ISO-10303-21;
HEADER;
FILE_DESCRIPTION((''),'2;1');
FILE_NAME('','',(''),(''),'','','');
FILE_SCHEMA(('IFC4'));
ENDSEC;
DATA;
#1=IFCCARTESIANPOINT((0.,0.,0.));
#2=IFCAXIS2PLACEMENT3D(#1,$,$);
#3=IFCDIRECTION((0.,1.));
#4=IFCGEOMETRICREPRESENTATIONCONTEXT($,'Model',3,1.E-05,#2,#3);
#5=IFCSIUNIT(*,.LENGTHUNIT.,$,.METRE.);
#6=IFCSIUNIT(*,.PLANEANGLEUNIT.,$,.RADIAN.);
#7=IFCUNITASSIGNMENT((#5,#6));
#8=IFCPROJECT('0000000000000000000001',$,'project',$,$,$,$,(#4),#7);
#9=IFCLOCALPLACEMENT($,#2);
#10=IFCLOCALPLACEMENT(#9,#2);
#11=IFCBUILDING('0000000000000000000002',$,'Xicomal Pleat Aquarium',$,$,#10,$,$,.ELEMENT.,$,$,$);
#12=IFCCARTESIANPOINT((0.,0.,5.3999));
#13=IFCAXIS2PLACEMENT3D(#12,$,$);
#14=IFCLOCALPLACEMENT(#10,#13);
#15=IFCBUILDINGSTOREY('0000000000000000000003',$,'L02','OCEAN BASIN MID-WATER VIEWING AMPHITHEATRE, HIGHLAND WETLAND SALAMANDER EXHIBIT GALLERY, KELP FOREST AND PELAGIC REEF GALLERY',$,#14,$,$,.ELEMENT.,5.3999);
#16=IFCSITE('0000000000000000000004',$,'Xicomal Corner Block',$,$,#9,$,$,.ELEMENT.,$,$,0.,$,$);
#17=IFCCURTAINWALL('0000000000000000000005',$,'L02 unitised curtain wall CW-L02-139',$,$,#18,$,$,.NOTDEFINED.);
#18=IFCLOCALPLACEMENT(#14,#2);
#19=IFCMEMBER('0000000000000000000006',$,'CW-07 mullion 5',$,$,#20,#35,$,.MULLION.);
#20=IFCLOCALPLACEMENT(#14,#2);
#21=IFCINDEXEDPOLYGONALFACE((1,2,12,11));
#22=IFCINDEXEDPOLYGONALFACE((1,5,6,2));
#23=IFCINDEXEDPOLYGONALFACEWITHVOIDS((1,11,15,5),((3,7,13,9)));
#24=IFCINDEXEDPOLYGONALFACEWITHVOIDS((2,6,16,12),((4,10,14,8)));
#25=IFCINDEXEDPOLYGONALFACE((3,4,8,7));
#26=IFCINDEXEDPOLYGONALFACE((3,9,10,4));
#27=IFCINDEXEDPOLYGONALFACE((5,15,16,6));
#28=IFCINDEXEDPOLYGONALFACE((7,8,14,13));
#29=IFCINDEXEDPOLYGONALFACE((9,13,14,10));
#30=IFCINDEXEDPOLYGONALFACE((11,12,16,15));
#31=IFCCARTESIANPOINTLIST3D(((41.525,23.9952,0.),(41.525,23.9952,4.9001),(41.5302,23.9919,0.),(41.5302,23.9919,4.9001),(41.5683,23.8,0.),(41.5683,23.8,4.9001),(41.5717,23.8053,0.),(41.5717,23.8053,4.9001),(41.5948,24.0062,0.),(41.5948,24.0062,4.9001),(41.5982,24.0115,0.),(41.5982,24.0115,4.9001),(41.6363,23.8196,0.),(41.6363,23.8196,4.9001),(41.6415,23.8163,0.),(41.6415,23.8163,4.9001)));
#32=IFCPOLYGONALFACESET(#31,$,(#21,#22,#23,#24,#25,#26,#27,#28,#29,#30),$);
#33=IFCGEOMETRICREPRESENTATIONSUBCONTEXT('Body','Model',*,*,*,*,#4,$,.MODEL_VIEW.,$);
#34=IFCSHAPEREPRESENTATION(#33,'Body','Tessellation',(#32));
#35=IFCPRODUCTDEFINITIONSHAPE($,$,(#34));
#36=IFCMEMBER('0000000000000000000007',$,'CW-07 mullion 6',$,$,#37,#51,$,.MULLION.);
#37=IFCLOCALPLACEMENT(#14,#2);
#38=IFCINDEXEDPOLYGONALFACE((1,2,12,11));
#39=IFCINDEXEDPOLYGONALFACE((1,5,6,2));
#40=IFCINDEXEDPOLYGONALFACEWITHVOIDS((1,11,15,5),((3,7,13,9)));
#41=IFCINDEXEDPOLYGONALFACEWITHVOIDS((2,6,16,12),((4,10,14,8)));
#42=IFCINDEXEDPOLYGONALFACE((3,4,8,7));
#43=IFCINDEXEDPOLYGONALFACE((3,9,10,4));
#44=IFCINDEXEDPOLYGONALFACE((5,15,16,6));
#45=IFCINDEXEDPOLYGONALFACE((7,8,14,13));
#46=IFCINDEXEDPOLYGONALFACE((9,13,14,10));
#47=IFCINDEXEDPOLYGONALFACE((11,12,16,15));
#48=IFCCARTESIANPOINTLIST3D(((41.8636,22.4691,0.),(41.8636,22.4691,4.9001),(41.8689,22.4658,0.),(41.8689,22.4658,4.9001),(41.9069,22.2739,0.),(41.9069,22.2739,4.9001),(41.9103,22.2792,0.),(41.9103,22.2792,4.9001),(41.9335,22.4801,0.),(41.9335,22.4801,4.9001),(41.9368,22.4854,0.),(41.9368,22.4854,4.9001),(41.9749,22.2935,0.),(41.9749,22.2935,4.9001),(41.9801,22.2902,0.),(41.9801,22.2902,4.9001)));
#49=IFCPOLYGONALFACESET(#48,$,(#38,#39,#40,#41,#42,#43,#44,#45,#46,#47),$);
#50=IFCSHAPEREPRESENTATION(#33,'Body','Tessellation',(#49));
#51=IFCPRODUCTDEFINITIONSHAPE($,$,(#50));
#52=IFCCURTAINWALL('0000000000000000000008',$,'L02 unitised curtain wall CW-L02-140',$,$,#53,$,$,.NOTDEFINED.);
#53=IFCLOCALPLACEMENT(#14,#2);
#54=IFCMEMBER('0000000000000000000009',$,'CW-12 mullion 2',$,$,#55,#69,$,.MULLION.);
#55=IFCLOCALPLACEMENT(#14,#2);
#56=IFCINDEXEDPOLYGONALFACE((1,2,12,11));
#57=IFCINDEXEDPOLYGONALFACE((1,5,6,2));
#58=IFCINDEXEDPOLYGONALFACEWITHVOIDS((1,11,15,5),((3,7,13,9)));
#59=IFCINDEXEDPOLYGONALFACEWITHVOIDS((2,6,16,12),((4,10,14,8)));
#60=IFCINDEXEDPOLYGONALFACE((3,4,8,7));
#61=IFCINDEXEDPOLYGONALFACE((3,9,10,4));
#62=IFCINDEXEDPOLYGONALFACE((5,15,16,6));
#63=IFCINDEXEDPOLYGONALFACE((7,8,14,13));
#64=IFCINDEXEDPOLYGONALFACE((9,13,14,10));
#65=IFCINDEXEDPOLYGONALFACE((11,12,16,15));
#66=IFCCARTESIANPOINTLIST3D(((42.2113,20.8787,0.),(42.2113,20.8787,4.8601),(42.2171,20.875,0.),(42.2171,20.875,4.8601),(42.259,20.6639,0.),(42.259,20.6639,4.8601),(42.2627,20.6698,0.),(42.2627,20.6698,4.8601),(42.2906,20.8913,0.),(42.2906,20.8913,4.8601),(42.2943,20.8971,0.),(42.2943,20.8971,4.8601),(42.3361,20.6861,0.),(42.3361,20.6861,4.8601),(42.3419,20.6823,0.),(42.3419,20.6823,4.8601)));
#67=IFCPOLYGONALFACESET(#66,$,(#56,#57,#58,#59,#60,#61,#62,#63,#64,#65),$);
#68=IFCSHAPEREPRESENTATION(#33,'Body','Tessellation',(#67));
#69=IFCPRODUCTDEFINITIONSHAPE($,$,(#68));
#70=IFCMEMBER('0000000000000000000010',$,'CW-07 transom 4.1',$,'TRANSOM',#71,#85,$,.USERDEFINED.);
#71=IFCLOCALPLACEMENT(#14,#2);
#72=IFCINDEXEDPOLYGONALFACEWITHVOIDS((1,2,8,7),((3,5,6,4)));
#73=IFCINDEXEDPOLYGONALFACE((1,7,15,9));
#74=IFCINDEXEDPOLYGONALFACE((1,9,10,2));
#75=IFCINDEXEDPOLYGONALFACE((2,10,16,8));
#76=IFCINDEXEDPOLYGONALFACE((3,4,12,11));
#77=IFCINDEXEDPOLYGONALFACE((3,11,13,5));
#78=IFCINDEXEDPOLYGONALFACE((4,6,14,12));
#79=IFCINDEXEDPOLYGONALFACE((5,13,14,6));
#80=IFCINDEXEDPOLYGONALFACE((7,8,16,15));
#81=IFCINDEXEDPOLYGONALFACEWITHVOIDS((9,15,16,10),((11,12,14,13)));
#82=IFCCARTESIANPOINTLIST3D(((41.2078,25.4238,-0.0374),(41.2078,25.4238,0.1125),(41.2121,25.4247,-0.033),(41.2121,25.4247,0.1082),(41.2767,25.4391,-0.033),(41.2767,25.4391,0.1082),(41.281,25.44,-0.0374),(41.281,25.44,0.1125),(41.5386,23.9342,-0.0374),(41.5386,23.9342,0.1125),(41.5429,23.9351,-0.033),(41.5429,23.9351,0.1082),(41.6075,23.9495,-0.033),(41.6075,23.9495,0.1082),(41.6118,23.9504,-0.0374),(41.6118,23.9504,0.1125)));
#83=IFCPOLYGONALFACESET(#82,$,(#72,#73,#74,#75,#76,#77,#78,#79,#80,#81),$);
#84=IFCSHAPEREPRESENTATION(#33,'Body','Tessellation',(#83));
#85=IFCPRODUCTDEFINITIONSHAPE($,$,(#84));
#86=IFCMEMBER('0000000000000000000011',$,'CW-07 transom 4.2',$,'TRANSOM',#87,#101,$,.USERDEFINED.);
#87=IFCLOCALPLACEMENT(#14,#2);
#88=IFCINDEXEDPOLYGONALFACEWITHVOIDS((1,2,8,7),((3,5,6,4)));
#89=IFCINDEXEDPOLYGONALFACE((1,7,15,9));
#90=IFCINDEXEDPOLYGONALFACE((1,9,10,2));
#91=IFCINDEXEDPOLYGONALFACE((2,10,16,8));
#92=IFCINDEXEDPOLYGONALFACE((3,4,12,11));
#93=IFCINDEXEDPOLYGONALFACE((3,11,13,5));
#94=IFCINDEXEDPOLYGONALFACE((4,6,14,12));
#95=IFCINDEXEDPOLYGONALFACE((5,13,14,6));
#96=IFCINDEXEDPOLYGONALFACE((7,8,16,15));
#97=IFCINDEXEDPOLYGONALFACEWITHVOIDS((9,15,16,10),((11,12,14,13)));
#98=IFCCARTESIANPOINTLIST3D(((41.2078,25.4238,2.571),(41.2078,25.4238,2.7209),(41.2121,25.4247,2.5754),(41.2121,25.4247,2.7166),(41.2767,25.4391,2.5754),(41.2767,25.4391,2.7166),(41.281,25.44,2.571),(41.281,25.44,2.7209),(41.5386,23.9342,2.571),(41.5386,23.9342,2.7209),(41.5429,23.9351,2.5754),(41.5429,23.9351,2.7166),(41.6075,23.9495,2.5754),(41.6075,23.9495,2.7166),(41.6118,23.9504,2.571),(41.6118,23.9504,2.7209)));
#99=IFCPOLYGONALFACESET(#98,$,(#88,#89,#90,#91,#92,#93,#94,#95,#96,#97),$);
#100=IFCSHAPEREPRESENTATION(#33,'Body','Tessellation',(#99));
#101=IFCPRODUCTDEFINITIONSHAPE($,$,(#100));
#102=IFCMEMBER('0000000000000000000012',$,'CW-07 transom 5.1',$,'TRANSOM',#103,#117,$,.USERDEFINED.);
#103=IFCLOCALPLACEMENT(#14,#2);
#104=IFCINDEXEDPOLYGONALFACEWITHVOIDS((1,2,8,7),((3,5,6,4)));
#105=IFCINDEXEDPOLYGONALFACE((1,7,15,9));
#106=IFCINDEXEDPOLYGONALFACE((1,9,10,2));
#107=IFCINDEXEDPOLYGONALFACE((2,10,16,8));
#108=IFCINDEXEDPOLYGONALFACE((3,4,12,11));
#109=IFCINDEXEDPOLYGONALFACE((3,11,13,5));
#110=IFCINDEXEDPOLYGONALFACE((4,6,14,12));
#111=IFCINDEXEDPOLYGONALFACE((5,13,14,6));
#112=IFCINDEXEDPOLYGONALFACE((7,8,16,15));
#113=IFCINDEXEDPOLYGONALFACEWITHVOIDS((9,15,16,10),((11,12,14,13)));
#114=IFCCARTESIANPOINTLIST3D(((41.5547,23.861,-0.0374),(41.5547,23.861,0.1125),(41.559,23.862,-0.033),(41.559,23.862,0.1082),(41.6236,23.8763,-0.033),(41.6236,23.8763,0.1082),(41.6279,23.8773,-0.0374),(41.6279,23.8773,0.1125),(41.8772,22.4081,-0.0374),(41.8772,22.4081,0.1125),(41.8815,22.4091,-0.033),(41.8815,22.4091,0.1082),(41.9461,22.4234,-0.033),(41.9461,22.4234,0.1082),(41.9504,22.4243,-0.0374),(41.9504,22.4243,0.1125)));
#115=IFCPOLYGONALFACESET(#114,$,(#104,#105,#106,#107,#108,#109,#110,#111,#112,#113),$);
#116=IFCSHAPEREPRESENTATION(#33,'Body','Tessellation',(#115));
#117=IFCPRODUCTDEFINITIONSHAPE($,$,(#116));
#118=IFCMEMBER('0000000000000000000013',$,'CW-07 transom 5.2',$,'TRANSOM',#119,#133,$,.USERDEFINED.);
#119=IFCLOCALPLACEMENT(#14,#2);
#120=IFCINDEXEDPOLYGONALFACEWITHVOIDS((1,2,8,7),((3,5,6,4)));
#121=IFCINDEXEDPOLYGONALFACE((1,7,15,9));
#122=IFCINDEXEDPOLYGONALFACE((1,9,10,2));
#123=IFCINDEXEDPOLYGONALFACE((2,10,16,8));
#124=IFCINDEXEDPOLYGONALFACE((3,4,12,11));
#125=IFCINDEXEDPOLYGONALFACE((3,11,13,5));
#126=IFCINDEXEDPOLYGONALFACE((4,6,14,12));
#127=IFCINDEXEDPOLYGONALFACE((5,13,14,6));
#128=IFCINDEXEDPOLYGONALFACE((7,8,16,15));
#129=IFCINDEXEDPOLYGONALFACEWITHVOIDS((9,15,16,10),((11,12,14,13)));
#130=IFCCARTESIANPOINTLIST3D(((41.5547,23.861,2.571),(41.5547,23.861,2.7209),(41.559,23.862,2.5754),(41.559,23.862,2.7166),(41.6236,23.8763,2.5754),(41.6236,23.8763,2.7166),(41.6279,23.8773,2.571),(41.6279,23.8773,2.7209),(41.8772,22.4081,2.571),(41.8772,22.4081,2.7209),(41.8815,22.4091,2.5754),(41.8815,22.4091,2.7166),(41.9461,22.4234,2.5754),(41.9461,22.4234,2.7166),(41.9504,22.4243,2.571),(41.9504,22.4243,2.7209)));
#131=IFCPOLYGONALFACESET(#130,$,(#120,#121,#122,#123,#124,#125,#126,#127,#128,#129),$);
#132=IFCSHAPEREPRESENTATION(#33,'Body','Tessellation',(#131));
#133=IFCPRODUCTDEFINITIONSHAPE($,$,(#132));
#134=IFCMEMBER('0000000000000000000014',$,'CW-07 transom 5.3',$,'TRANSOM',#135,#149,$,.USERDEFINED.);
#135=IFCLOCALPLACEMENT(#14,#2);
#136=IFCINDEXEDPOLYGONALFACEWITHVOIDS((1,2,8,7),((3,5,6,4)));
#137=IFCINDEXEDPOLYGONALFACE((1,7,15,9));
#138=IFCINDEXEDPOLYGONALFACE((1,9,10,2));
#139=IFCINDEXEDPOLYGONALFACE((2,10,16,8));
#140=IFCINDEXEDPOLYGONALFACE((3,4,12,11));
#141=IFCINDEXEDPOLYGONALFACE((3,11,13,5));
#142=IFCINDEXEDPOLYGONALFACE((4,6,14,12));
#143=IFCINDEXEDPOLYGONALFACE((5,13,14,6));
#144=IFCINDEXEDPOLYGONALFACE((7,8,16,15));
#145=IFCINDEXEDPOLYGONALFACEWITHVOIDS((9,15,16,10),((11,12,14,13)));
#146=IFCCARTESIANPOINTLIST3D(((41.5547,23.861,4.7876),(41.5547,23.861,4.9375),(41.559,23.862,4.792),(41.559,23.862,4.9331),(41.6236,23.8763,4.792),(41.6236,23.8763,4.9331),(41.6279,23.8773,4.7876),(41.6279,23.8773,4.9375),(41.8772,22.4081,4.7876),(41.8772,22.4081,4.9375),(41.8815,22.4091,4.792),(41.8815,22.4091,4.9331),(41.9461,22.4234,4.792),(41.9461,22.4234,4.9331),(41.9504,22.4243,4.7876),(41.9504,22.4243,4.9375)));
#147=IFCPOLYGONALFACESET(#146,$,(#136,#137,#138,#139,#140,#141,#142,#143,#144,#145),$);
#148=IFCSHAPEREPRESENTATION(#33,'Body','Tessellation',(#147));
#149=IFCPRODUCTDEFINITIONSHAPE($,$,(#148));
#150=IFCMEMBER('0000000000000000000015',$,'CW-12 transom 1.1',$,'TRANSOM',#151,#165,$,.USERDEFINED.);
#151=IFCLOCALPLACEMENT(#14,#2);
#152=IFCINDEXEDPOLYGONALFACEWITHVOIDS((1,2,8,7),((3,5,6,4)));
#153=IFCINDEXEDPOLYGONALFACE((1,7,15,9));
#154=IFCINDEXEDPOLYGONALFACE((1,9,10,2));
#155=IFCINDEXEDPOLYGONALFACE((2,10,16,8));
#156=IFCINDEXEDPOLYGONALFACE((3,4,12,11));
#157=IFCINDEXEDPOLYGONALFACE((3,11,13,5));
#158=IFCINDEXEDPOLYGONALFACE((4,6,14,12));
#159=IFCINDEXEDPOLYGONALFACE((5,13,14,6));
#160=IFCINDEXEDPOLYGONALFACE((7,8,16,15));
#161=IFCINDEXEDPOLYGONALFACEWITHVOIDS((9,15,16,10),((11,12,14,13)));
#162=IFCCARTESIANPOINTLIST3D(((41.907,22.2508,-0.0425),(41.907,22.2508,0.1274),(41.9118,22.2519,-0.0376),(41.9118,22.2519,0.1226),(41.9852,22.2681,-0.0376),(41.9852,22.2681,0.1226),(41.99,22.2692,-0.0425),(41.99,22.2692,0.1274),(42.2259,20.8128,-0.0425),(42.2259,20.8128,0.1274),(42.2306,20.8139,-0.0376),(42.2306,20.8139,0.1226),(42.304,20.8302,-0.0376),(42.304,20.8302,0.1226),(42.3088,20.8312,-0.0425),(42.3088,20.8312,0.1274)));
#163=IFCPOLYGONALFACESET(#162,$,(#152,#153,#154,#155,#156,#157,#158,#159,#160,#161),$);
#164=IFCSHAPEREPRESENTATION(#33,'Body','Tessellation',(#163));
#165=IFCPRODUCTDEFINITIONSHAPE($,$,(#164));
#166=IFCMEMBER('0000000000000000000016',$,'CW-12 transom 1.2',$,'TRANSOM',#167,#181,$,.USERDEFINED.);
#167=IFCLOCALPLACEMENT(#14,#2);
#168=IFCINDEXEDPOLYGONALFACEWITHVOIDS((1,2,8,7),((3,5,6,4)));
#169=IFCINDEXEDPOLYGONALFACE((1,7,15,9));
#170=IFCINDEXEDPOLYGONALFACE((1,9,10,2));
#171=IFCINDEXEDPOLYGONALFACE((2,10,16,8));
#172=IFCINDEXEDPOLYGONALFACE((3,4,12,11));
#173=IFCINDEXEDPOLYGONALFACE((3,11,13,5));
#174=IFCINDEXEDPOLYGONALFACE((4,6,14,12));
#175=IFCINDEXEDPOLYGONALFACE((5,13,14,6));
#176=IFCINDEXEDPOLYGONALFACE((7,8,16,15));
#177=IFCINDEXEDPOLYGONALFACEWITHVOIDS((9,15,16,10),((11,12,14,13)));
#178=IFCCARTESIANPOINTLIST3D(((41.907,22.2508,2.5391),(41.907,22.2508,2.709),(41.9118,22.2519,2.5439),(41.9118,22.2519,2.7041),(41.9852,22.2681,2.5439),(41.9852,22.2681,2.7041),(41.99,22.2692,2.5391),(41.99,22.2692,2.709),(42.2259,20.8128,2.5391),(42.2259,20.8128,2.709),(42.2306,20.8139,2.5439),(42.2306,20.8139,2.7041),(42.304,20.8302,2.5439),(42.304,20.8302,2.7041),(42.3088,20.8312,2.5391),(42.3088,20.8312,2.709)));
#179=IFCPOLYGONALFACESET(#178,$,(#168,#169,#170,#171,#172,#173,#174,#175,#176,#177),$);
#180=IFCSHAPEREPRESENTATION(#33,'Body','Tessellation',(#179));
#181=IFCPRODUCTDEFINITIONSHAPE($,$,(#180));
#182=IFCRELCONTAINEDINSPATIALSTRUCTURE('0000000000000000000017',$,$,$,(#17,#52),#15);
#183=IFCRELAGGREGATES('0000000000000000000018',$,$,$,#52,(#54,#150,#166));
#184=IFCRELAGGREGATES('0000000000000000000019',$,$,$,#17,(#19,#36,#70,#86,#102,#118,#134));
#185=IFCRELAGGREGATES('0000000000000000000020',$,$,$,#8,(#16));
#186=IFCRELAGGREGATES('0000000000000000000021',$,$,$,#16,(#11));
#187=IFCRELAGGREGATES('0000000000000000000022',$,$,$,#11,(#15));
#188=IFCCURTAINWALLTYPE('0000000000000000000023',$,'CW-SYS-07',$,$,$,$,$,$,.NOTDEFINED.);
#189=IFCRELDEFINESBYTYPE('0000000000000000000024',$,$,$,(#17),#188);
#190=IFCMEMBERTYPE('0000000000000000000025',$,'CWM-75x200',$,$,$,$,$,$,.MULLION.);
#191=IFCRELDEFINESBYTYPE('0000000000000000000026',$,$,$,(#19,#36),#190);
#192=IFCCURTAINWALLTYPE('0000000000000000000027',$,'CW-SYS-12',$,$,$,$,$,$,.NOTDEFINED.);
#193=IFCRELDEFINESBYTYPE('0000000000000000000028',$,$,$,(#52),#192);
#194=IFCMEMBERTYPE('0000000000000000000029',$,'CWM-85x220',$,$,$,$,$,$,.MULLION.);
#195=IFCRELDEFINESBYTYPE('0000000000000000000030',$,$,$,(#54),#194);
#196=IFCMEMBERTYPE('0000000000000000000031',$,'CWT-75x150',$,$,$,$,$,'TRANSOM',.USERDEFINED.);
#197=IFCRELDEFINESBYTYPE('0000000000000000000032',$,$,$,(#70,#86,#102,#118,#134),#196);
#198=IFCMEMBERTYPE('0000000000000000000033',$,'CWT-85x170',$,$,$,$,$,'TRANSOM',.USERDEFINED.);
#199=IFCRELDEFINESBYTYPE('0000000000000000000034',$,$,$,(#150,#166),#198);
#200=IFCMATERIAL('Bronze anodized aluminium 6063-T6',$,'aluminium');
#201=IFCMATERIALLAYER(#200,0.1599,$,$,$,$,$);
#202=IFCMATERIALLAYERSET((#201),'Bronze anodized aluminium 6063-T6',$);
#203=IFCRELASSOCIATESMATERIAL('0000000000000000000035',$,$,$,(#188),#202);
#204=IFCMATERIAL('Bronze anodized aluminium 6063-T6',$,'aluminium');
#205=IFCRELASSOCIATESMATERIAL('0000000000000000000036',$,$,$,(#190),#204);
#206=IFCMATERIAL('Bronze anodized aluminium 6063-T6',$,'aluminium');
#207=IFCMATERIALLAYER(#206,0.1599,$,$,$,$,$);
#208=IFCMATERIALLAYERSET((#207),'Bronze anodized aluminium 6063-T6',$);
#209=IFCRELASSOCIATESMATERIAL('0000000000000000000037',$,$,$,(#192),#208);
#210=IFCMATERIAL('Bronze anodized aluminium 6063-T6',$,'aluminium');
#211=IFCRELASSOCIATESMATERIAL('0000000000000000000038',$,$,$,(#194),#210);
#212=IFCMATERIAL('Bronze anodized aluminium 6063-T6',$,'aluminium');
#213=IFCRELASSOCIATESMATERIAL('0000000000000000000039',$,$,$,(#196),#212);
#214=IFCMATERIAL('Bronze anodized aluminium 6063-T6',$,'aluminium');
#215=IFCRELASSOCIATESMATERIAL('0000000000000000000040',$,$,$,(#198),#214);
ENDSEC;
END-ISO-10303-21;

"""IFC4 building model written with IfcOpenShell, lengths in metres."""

from ifc_helpers import new_model, si_unit, direction, frame, origin, origin_2d, place, context, subcontext, project, spatial, hollow_rectangle, extrude, material, layer, layer_set, material_profile, profile_set, type_object, element, aggregate, save


model = new_model("IFC4")

# Units and contexts
model_context = context("Model", 3, precision=1e-05, world=origin(), true_north=direction((0.0, 1.0)))
body_context = subcontext(model_context, "Body", "Model", "MODEL_VIEW")
ifc_project = project(units=[si_unit("LENGTHUNIT", "METRE"), si_unit("PLANEANGLEUNIT", "RADIAN")], contexts=[model_context])

# Site, building, storey
site_placement = place(None, origin())
site = spatial("IfcSite", under=ifc_project, at=site_placement, Name="Xicomal Corner Block", CompositionType="ELEMENT", RefElevation=0.0)
building_placement = place(site_placement, origin())
building = spatial("IfcBuilding", under=site, at=building_placement, Name="Xicomal Pleat Aquarium", CompositionType="ELEMENT")
storey_placement = place(building_placement, frame((0.0, 0.0, 5.3999)))
storey = spatial("IfcBuildingStorey", under=building, at=storey_placement, Name="L02", Description="OCEAN BASIN MID-WATER VIEWING AMPHITHEATRE, HIGHLAND WETLAND SALAMANDER EXHIBIT GALLERY, KELP FOREST AND PELAGIC REEF GALLERY", CompositionType="ELEMENT", Elevation=5.3999)

# Curtain wall, members
ifc_material_1 = material(Name="Bronze anodized aluminium 6063-T6", Category="aluminium")
ifc_layer_1 = layer(ifc_material_1, 0.1599)
ifc_layer_set_1 = layer_set([ifc_layer_1], Name="Bronze anodized aluminium 6063-T6")
curtain_wall_type_1 = type_object("IfcCurtainWallType", Name="CW-SYS-07", PredefinedType="NOTDEFINED", material=ifc_layer_set_1)
curtain_wall_1_placement = place(storey_placement, origin())
curtain_wall_1 = element("IfcCurtainWall", 1, at=curtain_wall_1_placement, inside=storey, type_object=curtain_wall_type_1, Name="L02 unitised curtain wall CW-L02-139", PredefinedType="NOTDEFINED")
ifc_material_2 = material(Name="Bronze anodized aluminium 6063-T6", Category="aluminium")
ifc_material_profile_1 = material_profile(ifc_material_2, hollow_rectangle(XDim=0.075, YDim=0.2, WallThickness=0.0044, at=origin_2d()), Name="ALU MULL 75x200")
ifc_profile_set_1 = profile_set([ifc_material_profile_1], Name="Bronze anodized aluminium 6063-T6")
member_type_1 = type_object("IfcMemberType", Name="CWM-75x200", PredefinedType="MULLION", material=ifc_profile_set_1)
member_1_placement = place(storey_placement, frame((41.5833, 23.9058, 0.0), z_axis=(0.0, 0.0, 1.0), x_axis=(0.976252, 0.216639, 0.0)))
member_1 = element("IfcMember", 2, at=member_1_placement, type_object=member_type_1, Name="CW-07 mullion 5", PredefinedType="MULLION", context=body_context, shape_type="SweptSolid", body=[
    extrude(hollow_rectangle(XDim=0.075, YDim=0.2, WallThickness=0.0044, at=origin_2d()), origin(), (0.0, 0.0, 1.0), 4.9001),
])
member_2_placement = place(storey_placement, frame((41.9219, 22.3796, 0.0), z_axis=(0.0, 0.0, 1.0), x_axis=(0.976252, 0.216639, 0.0)))
member_2 = element("IfcMember", 3, at=member_2_placement, type_object=member_type_1, Name="CW-07 mullion 6", PredefinedType="MULLION", context=body_context, shape_type="SweptSolid", body=[
    extrude(hollow_rectangle(XDim=0.075, YDim=0.2, WallThickness=0.0044, at=origin_2d()), origin(), (0.0, 0.0, 1.0), 4.9001),
])

# Curtain wall, member
ifc_material_3 = material(Name="Bronze anodized aluminium 6063-T6", Category="aluminium")
ifc_layer_2 = layer(ifc_material_3, 0.1599)
ifc_layer_set_2 = layer_set([ifc_layer_2], Name="Bronze anodized aluminium 6063-T6")
curtain_wall_type_2 = type_object("IfcCurtainWallType", Name="CW-SYS-12", PredefinedType="NOTDEFINED", material=ifc_layer_set_2)
curtain_wall_2_placement = place(storey_placement, origin())
curtain_wall_2 = element("IfcCurtainWall", 4, at=curtain_wall_2_placement, inside=storey, type_object=curtain_wall_type_2, Name="L02 unitised curtain wall CW-L02-140", PredefinedType="NOTDEFINED")
ifc_material_4 = material(Name="Bronze anodized aluminium 6063-T6", Category="aluminium")
ifc_material_profile_2 = material_profile(ifc_material_4, hollow_rectangle(XDim=0.085, YDim=0.22, WallThickness=0.0049, at=origin_2d()), Name="ALU MULL 85x220")
ifc_profile_set_2 = profile_set([ifc_material_profile_2], Name="Bronze anodized aluminium 6063-T6")
member_type_2 = type_object("IfcMemberType", Name="CWM-85x220", PredefinedType="MULLION", material=ifc_profile_set_2)
member_3_placement = place(storey_placement, frame((42.2766, 20.7805, 0.0), z_axis=(0.0, 0.0, 1.0), x_axis=(0.976272, 0.216547, 0.0)))
member_3 = element("IfcMember", 5, at=member_3_placement, type_object=member_type_2, Name="CW-12 mullion 2", PredefinedType="MULLION", context=body_context, shape_type="SweptSolid", body=[
    extrude(hollow_rectangle(XDim=0.085, YDim=0.22, WallThickness=0.0049, at=origin_2d()), origin(), (0.0, 0.0, 1.0), 4.8601),
])

# Members
ifc_material_5 = material(Name="Bronze anodized aluminium 6063-T6", Category="aluminium")
ifc_material_profile_3 = material_profile(ifc_material_5, hollow_rectangle(XDim=0.075, YDim=0.1499, WallThickness=0.0044, at=origin_2d()), Name="ALU TRAN 75x150")
ifc_profile_set_3 = profile_set([ifc_material_profile_3], Name="Bronze anodized aluminium 6063-T6")
member_type_3 = type_object("IfcMemberType", Name="CWT-75x150", ElementType="TRANSOM", PredefinedType="USERDEFINED", material=ifc_profile_set_3)
member_4_placement = place(storey_placement, frame((41.2444, 25.4319, 0.0376), z_axis=(0.216812, -0.976213, 0.0), x_axis=(0.976213, 0.216812, 0.0)))
member_4 = element("IfcMember", 6, at=member_4_placement, type_object=member_type_3, Name="CW-07 transom 4.1", ObjectType="TRANSOM", PredefinedType="USERDEFINED", context=body_context, shape_type="SweptSolid", body=[
    extrude(hollow_rectangle(XDim=0.075, YDim=0.1499, WallThickness=0.0044, at=origin_2d()), origin(), (0.0, 0.0, 1.0), 1.5259),
])
member_5_placement = place(storey_placement, frame((41.2444, 25.4319, 2.646), z_axis=(0.216812, -0.976213, 0.0), x_axis=(0.976213, 0.216812, 0.0)))
member_5 = element("IfcMember", 7, at=member_5_placement, type_object=member_type_3, Name="CW-07 transom 4.2", ObjectType="TRANSOM", PredefinedType="USERDEFINED", context=body_context, shape_type="SweptSolid", body=[
    extrude(hollow_rectangle(XDim=0.075, YDim=0.1499, WallThickness=0.0044, at=origin_2d()), origin(), (0.0, 0.0, 1.0), 1.5259),
])
member_6_placement = place(storey_placement, frame((41.5913, 23.8691, 0.0376), z_axis=(0.216705, -0.976237, 0.0), x_axis=(0.976237, 0.216705, 0.0)))
member_6 = element("IfcMember", 8, at=member_6_placement, type_object=member_type_3, Name="CW-07 transom 5.1", ObjectType="TRANSOM", PredefinedType="USERDEFINED", context=body_context, shape_type="SweptSolid", body=[
    extrude(hollow_rectangle(XDim=0.075, YDim=0.1499, WallThickness=0.0044, at=origin_2d()), origin(), (0.0, 0.0, 1.0), 1.4883),
])
member_7_placement = place(storey_placement, frame((41.5913, 23.8691, 2.646), z_axis=(0.216705, -0.976237, 0.0), x_axis=(0.976237, 0.216705, 0.0)))
member_7 = element("IfcMember", 9, at=member_7_placement, type_object=member_type_3, Name="CW-07 transom 5.2", ObjectType="TRANSOM", PredefinedType="USERDEFINED", context=body_context, shape_type="SweptSolid", body=[
    extrude(hollow_rectangle(XDim=0.075, YDim=0.1499, WallThickness=0.0044, at=origin_2d()), origin(), (0.0, 0.0, 1.0), 1.4883),
])
member_8_placement = place(storey_placement, frame((41.5913, 23.8691, 4.8625), z_axis=(0.216705, -0.976237, 0.0), x_axis=(0.976237, 0.216705, 0.0)))
member_8 = element("IfcMember", 10, at=member_8_placement, type_object=member_type_3, Name="CW-07 transom 5.3", ObjectType="TRANSOM", PredefinedType="USERDEFINED", context=body_context, shape_type="SweptSolid", body=[
    extrude(hollow_rectangle(XDim=0.075, YDim=0.1499, WallThickness=0.0044, at=origin_2d()), origin(), (0.0, 0.0, 1.0), 1.4883),
])
ifc_material_6 = material(Name="Bronze anodized aluminium 6063-T6", Category="aluminium")
ifc_material_profile_4 = material_profile(ifc_material_6, hollow_rectangle(XDim=0.085, YDim=0.1699, WallThickness=0.0049, at=origin_2d()), Name="ALU TRAN 85x170")
ifc_profile_set_4 = profile_set([ifc_material_profile_4], Name="Bronze anodized aluminium 6063-T6")
member_type_4 = type_object("IfcMemberType", Name="CWT-85x170", ElementType="TRANSOM", PredefinedType="USERDEFINED", material=ifc_profile_set_4)
member_9_placement = place(storey_placement, frame((41.9485, 22.26, 0.0425), z_axis=(0.216474, -0.976288, 0.0), x_axis=(0.976288, 0.216474, 0.0)))
member_9 = element("IfcMember", 11, at=member_9_placement, type_object=member_type_4, Name="CW-12 transom 1.1", ObjectType="TRANSOM", PredefinedType="USERDEFINED", context=body_context, shape_type="SweptSolid", body=[
    extrude(hollow_rectangle(XDim=0.085, YDim=0.1699, WallThickness=0.0049, at=origin_2d()), origin(), (0.0, 0.0, 1.0), 1.4729),
])
member_10_placement = place(storey_placement, frame((41.9485, 22.26, 2.624), z_axis=(0.216474, -0.976288, 0.0), x_axis=(0.976288, 0.216474, 0.0)))
member_10 = element("IfcMember", 12, at=member_10_placement, type_object=member_type_4, Name="CW-12 transom 1.2", ObjectType="TRANSOM", PredefinedType="USERDEFINED", context=body_context, shape_type="SweptSolid", body=[
    extrude(hollow_rectangle(XDim=0.085, YDim=0.1699, WallThickness=0.0049, at=origin_2d()), origin(), (0.0, 0.0, 1.0), 1.4729),
])

aggregate(curtain_wall_2, [member_3, member_9, member_10])
aggregate(curtain_wall_1, [member_1, member_2, member_4, member_5, member_6, member_7, member_8])

save(model, "model.ifc")
